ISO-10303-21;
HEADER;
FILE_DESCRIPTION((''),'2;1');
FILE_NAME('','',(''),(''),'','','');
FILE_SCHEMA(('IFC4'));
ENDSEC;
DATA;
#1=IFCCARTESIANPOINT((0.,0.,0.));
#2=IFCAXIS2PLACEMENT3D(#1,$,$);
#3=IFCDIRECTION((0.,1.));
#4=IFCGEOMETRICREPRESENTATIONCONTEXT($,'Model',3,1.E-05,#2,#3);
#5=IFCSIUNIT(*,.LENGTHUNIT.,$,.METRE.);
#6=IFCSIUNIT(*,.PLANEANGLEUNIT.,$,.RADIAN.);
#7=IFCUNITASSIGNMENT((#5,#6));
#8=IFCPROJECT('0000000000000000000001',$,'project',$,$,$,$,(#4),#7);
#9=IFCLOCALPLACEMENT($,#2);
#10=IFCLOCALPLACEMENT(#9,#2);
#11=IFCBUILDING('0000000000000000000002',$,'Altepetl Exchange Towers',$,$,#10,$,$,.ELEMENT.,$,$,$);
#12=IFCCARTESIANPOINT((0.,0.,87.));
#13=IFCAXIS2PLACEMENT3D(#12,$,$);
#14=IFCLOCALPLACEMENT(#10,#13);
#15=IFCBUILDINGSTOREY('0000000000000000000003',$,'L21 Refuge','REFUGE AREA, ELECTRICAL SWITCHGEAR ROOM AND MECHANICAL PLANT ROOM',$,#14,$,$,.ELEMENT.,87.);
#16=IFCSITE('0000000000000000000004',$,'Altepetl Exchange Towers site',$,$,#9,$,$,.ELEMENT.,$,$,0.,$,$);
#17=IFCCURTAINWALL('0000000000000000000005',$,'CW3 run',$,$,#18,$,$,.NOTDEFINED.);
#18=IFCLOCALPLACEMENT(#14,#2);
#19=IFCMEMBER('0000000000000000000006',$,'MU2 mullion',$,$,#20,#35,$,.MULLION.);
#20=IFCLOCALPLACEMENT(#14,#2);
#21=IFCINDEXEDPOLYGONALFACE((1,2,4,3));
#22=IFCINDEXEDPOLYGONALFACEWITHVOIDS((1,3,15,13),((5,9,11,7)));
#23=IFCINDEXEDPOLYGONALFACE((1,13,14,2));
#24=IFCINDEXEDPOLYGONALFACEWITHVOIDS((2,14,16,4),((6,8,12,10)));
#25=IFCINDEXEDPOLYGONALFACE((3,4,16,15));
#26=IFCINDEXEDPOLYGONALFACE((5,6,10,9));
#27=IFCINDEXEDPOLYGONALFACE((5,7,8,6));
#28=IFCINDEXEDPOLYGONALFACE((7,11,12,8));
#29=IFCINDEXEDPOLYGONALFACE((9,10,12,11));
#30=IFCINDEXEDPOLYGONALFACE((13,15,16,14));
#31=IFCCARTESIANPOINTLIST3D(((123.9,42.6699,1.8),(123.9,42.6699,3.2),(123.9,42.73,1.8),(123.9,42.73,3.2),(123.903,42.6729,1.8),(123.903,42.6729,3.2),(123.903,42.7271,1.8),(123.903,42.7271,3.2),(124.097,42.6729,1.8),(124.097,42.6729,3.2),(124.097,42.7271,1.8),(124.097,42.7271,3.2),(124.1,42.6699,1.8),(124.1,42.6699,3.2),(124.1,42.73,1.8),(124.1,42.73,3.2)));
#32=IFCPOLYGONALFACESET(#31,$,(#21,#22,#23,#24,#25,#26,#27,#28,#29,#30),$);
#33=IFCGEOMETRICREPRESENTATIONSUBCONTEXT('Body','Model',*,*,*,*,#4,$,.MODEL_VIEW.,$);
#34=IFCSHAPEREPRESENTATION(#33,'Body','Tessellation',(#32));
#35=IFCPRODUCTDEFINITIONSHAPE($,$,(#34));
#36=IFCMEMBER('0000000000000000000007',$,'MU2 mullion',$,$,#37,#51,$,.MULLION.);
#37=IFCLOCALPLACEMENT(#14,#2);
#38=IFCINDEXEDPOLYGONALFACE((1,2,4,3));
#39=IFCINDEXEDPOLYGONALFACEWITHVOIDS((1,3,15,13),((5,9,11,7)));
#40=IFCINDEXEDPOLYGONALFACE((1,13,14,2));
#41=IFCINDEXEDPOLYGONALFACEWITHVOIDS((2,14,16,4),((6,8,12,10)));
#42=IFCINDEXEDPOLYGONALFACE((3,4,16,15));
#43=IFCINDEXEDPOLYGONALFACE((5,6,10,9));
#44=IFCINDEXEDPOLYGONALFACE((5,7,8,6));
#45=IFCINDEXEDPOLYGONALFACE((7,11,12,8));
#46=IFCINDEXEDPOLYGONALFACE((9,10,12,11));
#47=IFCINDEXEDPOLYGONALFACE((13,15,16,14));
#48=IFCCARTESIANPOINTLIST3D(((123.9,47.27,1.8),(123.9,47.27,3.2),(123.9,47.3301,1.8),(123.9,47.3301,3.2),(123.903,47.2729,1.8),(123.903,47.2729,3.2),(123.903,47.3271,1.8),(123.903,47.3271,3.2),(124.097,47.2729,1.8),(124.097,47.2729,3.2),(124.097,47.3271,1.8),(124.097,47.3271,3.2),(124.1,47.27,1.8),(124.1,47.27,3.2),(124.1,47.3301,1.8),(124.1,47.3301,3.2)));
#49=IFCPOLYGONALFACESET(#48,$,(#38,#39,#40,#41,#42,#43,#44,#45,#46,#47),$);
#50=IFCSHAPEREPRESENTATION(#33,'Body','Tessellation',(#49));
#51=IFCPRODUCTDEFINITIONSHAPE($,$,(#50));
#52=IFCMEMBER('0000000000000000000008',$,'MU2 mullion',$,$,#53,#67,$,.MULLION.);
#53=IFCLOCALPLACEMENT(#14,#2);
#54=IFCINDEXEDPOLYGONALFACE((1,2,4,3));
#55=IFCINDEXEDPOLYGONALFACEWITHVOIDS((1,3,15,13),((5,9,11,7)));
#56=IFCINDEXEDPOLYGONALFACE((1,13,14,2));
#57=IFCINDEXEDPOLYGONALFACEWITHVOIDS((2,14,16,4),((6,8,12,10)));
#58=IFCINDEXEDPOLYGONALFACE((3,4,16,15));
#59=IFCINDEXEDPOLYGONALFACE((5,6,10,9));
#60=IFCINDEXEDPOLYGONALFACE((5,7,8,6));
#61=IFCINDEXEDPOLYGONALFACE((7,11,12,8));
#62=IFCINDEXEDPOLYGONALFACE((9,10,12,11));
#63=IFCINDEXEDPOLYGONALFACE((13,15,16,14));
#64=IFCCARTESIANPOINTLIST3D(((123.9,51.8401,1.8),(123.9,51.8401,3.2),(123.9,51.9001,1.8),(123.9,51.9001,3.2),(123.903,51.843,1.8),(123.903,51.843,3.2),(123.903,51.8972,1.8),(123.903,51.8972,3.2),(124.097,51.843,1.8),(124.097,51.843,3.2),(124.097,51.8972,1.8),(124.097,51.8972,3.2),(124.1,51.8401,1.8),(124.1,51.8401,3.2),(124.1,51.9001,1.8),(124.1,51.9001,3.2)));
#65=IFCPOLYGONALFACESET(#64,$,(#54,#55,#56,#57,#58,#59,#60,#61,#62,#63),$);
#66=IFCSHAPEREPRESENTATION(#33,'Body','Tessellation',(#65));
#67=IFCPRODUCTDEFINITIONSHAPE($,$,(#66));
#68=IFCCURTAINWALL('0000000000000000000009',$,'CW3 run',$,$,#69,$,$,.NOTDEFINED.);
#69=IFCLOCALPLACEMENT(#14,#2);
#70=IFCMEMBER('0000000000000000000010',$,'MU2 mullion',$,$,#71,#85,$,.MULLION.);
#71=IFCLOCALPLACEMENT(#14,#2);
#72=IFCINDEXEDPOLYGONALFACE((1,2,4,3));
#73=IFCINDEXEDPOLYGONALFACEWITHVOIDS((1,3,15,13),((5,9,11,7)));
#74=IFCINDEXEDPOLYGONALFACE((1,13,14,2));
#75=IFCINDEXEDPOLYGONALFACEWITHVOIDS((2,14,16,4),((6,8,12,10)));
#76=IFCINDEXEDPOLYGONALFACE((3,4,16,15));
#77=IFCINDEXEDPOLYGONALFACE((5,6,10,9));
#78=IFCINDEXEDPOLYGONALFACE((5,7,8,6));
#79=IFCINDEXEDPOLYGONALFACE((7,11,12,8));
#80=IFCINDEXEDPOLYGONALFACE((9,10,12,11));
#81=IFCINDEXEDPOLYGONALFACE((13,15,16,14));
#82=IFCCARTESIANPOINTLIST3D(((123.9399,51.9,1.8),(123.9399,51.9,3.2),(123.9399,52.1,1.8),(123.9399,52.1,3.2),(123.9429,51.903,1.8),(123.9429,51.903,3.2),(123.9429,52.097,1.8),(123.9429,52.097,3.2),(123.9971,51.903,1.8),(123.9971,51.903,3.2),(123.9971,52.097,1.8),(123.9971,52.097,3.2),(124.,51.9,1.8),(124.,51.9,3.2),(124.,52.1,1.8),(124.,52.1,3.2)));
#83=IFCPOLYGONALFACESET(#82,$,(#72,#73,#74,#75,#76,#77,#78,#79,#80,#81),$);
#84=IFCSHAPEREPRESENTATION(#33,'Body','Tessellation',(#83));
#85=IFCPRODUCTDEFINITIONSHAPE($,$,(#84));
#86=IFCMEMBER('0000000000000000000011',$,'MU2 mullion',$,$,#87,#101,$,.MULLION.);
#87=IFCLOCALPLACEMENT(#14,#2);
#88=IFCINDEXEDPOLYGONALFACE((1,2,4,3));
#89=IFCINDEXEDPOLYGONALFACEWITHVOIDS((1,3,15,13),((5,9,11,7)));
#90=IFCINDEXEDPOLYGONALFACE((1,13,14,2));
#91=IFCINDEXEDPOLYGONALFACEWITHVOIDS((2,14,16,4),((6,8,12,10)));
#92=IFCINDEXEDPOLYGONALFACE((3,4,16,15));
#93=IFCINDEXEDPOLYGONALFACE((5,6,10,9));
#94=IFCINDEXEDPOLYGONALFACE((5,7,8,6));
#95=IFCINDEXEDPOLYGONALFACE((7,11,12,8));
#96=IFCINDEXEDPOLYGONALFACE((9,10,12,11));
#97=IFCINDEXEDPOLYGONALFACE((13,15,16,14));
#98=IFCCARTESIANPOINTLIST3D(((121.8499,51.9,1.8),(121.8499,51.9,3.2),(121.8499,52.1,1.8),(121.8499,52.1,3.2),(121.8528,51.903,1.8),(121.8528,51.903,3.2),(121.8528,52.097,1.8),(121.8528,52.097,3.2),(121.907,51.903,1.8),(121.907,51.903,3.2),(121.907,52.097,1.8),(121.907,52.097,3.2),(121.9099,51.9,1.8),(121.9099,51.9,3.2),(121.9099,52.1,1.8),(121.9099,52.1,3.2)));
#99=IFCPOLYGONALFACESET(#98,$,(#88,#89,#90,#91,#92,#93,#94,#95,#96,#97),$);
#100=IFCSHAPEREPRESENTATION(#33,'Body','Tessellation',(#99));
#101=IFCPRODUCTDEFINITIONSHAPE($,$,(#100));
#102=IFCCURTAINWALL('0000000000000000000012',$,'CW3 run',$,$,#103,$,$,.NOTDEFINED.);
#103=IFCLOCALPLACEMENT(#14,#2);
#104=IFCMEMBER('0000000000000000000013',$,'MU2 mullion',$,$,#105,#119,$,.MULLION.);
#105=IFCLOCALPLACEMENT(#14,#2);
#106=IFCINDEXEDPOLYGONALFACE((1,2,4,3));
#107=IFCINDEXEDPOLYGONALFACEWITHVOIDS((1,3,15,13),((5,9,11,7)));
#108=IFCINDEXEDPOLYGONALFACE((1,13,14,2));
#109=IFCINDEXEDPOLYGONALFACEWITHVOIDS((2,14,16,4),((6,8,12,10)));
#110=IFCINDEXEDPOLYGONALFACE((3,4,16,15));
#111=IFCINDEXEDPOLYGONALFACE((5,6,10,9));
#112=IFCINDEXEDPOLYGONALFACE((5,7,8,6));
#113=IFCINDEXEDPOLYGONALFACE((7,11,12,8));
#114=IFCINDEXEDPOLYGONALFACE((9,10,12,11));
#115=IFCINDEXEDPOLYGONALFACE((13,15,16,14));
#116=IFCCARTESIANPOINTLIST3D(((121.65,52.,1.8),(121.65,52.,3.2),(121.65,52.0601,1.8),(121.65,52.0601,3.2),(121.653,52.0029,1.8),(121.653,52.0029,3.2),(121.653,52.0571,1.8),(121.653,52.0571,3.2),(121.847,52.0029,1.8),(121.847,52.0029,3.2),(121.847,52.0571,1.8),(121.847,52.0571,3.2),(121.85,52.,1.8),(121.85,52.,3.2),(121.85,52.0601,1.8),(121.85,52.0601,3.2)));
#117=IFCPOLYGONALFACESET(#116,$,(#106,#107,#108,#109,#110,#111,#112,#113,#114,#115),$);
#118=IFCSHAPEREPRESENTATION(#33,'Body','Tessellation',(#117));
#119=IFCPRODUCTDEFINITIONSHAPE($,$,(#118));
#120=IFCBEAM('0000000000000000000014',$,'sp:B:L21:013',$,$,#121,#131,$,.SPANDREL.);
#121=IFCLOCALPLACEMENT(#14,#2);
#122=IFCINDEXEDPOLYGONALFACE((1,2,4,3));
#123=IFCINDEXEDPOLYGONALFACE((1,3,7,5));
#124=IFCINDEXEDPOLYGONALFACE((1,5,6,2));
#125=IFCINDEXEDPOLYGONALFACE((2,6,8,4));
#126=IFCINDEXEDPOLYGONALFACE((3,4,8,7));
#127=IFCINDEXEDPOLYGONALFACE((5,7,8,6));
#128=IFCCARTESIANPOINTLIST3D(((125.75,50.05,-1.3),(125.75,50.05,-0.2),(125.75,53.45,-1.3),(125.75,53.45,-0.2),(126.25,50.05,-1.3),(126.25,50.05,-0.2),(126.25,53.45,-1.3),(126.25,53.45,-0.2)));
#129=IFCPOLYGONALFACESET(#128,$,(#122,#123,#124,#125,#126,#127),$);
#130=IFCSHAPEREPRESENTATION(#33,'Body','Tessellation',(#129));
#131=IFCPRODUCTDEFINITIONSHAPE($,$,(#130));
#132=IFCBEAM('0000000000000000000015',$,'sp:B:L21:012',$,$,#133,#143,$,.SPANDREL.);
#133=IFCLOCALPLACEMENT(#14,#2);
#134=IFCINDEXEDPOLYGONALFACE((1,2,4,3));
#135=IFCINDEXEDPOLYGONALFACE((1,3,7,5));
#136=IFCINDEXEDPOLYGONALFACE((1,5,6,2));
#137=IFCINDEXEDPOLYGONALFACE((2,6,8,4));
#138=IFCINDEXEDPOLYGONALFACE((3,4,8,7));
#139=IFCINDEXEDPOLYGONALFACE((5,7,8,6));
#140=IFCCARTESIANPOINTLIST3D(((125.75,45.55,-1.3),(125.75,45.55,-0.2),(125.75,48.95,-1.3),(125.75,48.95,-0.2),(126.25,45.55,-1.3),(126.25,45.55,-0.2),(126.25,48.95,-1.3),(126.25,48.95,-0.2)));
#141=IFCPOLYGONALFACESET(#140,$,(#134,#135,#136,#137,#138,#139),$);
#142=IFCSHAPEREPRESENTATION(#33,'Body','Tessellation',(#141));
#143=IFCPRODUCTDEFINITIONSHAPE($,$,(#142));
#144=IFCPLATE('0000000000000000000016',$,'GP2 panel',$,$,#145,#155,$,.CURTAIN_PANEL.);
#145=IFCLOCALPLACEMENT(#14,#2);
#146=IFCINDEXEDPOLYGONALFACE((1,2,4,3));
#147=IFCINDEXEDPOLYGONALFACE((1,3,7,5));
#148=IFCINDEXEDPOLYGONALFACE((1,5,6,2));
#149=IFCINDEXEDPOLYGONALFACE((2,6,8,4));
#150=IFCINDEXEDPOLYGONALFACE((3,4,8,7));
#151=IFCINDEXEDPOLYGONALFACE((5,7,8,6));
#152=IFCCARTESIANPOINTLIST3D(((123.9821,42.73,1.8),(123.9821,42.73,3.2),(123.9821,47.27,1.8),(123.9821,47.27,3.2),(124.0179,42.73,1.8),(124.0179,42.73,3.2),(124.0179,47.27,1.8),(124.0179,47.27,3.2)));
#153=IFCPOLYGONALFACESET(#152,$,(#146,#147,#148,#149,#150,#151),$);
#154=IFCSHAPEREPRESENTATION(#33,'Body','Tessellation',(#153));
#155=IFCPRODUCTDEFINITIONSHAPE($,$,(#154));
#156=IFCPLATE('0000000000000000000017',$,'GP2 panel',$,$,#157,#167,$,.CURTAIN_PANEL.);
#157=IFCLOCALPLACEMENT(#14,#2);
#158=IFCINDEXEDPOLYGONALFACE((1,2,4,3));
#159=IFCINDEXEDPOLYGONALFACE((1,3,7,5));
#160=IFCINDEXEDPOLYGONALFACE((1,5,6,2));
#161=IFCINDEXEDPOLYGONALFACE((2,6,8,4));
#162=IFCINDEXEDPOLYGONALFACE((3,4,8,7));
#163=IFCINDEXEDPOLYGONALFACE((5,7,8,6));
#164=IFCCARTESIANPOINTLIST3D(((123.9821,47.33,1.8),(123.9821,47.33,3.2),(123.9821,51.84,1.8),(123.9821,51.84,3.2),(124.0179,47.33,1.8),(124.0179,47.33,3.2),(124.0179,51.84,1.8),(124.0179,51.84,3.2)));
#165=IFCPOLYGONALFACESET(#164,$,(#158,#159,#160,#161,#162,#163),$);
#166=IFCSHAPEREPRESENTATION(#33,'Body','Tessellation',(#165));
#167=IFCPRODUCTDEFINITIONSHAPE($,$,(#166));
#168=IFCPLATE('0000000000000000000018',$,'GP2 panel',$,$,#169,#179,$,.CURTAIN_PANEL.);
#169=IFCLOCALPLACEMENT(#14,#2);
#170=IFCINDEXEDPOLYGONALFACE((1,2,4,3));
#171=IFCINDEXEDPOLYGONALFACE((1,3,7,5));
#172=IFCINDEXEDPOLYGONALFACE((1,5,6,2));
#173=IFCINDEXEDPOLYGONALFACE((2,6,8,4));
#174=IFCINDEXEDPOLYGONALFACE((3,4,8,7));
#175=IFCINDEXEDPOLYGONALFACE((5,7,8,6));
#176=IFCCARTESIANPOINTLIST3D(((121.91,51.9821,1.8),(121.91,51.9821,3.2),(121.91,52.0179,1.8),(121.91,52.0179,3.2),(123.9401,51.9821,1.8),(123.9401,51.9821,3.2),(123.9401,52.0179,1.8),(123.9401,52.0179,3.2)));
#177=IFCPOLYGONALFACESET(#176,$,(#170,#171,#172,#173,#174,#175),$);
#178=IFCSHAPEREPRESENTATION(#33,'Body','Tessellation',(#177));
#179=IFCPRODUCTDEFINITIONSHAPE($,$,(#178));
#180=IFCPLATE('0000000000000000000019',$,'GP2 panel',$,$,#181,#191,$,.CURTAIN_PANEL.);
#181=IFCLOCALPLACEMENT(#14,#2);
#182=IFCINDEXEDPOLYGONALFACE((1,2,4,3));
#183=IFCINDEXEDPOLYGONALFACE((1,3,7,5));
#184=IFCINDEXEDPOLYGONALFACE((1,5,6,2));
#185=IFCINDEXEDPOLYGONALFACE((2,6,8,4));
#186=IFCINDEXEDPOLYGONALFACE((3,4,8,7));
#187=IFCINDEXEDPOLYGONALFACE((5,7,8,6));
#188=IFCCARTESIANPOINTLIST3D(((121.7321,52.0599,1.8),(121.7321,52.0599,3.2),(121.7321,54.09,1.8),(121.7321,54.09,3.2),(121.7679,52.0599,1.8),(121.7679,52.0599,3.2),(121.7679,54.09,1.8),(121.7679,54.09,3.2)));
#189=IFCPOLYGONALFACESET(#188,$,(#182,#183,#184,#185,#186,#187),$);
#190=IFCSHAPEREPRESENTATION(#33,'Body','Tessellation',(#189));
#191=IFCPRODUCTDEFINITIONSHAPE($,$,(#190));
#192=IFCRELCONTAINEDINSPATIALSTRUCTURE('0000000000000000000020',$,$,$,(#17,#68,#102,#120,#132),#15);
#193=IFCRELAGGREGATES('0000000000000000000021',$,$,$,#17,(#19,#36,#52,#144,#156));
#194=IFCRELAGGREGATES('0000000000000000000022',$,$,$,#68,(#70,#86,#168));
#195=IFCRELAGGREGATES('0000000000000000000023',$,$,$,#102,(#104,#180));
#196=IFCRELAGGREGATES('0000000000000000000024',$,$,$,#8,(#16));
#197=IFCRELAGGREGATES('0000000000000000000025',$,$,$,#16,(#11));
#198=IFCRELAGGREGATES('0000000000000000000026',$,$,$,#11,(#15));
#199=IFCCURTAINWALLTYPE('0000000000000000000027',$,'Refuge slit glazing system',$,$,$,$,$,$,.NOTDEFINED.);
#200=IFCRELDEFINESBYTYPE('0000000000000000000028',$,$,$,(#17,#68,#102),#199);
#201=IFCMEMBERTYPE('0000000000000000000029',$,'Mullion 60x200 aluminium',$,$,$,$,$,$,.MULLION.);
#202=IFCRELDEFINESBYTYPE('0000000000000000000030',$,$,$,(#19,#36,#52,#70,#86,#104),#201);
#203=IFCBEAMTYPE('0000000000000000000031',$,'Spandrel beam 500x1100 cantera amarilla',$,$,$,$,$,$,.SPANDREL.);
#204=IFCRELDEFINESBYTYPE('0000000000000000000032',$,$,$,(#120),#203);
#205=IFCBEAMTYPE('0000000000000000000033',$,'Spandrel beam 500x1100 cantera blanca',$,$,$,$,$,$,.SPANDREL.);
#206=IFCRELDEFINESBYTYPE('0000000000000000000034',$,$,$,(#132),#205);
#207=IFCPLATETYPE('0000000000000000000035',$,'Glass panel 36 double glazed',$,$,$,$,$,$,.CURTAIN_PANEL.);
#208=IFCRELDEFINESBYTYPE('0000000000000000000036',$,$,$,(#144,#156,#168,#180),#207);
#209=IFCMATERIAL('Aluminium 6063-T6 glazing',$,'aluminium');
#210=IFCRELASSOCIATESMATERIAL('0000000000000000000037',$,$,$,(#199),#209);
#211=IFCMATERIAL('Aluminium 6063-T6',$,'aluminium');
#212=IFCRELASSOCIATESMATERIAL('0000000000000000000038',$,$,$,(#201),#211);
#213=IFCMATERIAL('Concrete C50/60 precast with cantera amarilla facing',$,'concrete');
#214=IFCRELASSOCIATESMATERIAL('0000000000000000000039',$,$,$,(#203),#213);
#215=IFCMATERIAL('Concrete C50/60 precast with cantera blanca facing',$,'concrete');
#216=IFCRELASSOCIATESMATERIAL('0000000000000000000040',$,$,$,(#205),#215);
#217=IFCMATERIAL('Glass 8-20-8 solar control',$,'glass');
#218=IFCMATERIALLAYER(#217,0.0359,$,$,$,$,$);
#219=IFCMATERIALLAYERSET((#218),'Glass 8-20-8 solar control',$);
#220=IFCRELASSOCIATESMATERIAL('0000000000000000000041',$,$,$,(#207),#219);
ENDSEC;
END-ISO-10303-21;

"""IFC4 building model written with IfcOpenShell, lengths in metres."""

from ifc_helpers import new_model, si_unit, direction, frame, origin, origin_2d, place, context, subcontext, project, spatial, rectangle, hollow_rectangle, extrude, material, layer, layer_set, material_profile, profile_set, type_object, element, aggregate, save


model = new_model("IFC4")

# Units and contexts
model_context = context("Model", 3, precision=1e-05, world=origin(), true_north=direction((0.0, 1.0)))
body_context = subcontext(model_context, "Body", "Model", "MODEL_VIEW")
ifc_project = project(units=[si_unit("LENGTHUNIT", "METRE"), si_unit("PLANEANGLEUNIT", "RADIAN")], contexts=[model_context])

# Site, building, storey
site_placement = place(None, origin())
site = spatial("IfcSite", under=ifc_project, at=site_placement, Name="Altepetl Exchange Towers site", CompositionType="ELEMENT", RefElevation=0.0)
building_placement = place(site_placement, origin())
building = spatial("IfcBuilding", under=site, at=building_placement, Name="Altepetl Exchange Towers", CompositionType="ELEMENT")
storey_placement = place(building_placement, frame((0.0, 0.0, 87.0)))
storey = spatial("IfcBuildingStorey", under=building, at=storey_placement, Name="L21 Refuge", Description="REFUGE AREA, ELECTRICAL SWITCHGEAR ROOM AND MECHANICAL PLANT ROOM", CompositionType="ELEMENT", Elevation=87.0)

# Curtain walls, members
ifc_material_1 = material(Name="Aluminium 6063-T6 glazing", Category="aluminium")
curtain_wall_type = type_object("IfcCurtainWallType", Name="Refuge slit glazing system", PredefinedType="NOTDEFINED", material=ifc_material_1)
curtain_wall_1_placement = place(storey_placement, origin())
curtain_wall_1 = element("IfcCurtainWall", 1, at=curtain_wall_1_placement, inside=storey, type_object=curtain_wall_type, Name="CW3 run", PredefinedType="NOTDEFINED")
ifc_material_2 = material(Name="Aluminium 6063-T6", Category="aluminium")
ifc_material_profile_1 = material_profile(ifc_material_2, hollow_rectangle(XDim=0.0601, YDim=0.2, WallThickness=0.0029, at=origin_2d()), Name="Mullion 60x200 aluminium")
ifc_profile_set_1 = profile_set([ifc_material_profile_1], Name="Aluminium 6063-T6")
member_type_1 = type_object("IfcMemberType", Name="Mullion 60x200 aluminium", PredefinedType="MULLION", material=ifc_profile_set_1)
member_1_placement = place(storey_placement, frame((124.0, 42.7, 1.8), z_axis=(0.0, 0.0, 1.0), x_axis=(0.0, 1.0, 0.0)))
member_1 = element("IfcMember", 2, at=member_1_placement, type_object=member_type_1, Name="MU2 mullion", PredefinedType="MULLION", context=body_context, shape_type="SweptSolid", body=[
    extrude(hollow_rectangle(XDim=0.0601, YDim=0.2, WallThickness=0.0029, at=origin_2d()), origin(), (0.0, 0.0, 1.0), 1.3999),
])
member_2_placement = place(storey_placement, frame((124.0, 47.3, 1.8), z_axis=(0.0, 0.0, 1.0), x_axis=(0.0, 1.0, 0.0)))
member_2 = element("IfcMember", 3, at=member_2_placement, type_object=member_type_1, Name="MU2 mullion", PredefinedType="MULLION", context=body_context, shape_type="SweptSolid", body=[
    extrude(hollow_rectangle(XDim=0.0601, YDim=0.2, WallThickness=0.0029, at=origin_2d()), origin(), (0.0, 0.0, 1.0), 1.3999),
])
member_3_placement = place(storey_placement, frame((124.0, 51.8701, 1.8), z_axis=(0.0, 0.0, 1.0), x_axis=(0.0, 1.0, 0.0)))
member_3 = element("IfcMember", 4, at=member_3_placement, type_object=member_type_1, Name="MU2 mullion", PredefinedType="MULLION", context=body_context, shape_type="SweptSolid", body=[
    extrude(hollow_rectangle(XDim=0.0601, YDim=0.2, WallThickness=0.0029, at=origin_2d()), origin(), (0.0, 0.0, 1.0), 1.3999),
])
curtain_wall_2_placement = place(storey_placement, origin())
curtain_wall_2 = element("IfcCurtainWall", 5, at=curtain_wall_2_placement, inside=storey, type_object=curtain_wall_type, Name="CW3 run", PredefinedType="NOTDEFINED")
member_4_placement = place(storey_placement, frame((123.97, 52.0, 1.8), z_axis=(0.0, 0.0, 1.0), x_axis=(-1.0, 0.0, 0.0)))
member_4 = element("IfcMember", 6, at=member_4_placement, type_object=member_type_1, Name="MU2 mullion", PredefinedType="MULLION", context=body_context, shape_type="SweptSolid", body=[
    extrude(hollow_rectangle(XDim=0.0601, YDim=0.2, WallThickness=0.0029, at=origin_2d()), origin(), (0.0, 0.0, 1.0), 1.3999),
])
member_5_placement = place(storey_placement, frame((121.8799, 52.0, 1.8), z_axis=(0.0, 0.0, 1.0), x_axis=(-1.0, 0.0, 0.0)))
member_5 = element("IfcMember", 7, at=member_5_placement, type_object=member_type_1, Name="MU2 mullion", PredefinedType="MULLION", context=body_context, shape_type="SweptSolid", body=[
    extrude(hollow_rectangle(XDim=0.0601, YDim=0.2, WallThickness=0.0029, at=origin_2d()), origin(), (0.0, 0.0, 1.0), 1.3999),
])

# Curtain wall, member
curtain_wall_3_placement = place(storey_placement, origin())
curtain_wall_3 = element("IfcCurtainWall", 8, at=curtain_wall_3_placement, inside=storey, type_object=curtain_wall_type, Name="CW3 run", PredefinedType="NOTDEFINED")
member_6_placement = place(storey_placement, frame((121.75, 52.03, 1.8), z_axis=(0.0, 0.0, 1.0), x_axis=(0.0, 1.0, 0.0)))
member_6 = element("IfcMember", 9, at=member_6_placement, type_object=member_type_1, Name="MU2 mullion", PredefinedType="MULLION", context=body_context, shape_type="SweptSolid", body=[
    extrude(hollow_rectangle(XDim=0.0601, YDim=0.2, WallThickness=0.0029, at=origin_2d()), origin(), (0.0, 0.0, 1.0), 1.3999),
])

# Beams
ifc_material_3 = material(Name="Concrete C50/60 precast with cantera amarilla facing", Category="concrete")
ifc_material_profile_2 = material_profile(ifc_material_3, rectangle(XDim=0.5, YDim=1.1001, at=origin_2d()), Name="500 x 1100")
ifc_profile_set_2 = profile_set([ifc_material_profile_2], Name="Concrete C50/60 precast with cantera amarilla facing")
beam_type_1 = type_object("IfcBeamType", Name="Spandrel beam 500x1100 cantera amarilla", PredefinedType="SPANDREL", material=ifc_profile_set_2)
beam_1_placement = place(storey_placement, frame((126.0, 50.05, -0.75), z_axis=(0.0, 1.0, 0.0), x_axis=(-1.0, 0.0, 0.0)))
element("IfcBeam", 10, at=beam_1_placement, inside=storey, type_object=beam_type_1, Name="sp:B:L21:013", PredefinedType="SPANDREL", context=body_context, shape_type="SweptSolid", body=[
    extrude(rectangle(XDim=0.5, YDim=1.1001, at=origin_2d()), origin(), (0.0, 0.0, 1.0), 3.3999),
])
ifc_material_4 = material(Name="Concrete C50/60 precast with cantera blanca facing", Category="concrete")
ifc_material_profile_3 = material_profile(ifc_material_4, rectangle(XDim=0.5, YDim=1.1001, at=origin_2d()), Name="500 x 1100")
ifc_profile_set_3 = profile_set([ifc_material_profile_3], Name="Concrete C50/60 precast with cantera blanca facing")
beam_type_2 = type_object("IfcBeamType", Name="Spandrel beam 500x1100 cantera blanca", PredefinedType="SPANDREL", material=ifc_profile_set_3)
beam_2_placement = place(storey_placement, frame((126.0, 45.55, -0.75), z_axis=(0.0, 1.0, 0.0), x_axis=(-1.0, 0.0, 0.0)))
element("IfcBeam", 11, at=beam_2_placement, inside=storey, type_object=beam_type_2, Name="sp:B:L21:012", PredefinedType="SPANDREL", context=body_context, shape_type="SweptSolid", body=[
    extrude(rectangle(XDim=0.5, YDim=1.1001, at=origin_2d()), origin(), (0.0, 0.0, 1.0), 3.3999),
])

# Plates
ifc_material_5 = material(Name="Glass 8-20-8 solar control", Category="glass")
ifc_layer_1 = layer(ifc_material_5, 0.0359)
ifc_layer_set_1 = layer_set([ifc_layer_1], Name="Glass 8-20-8 solar control")
plate_type = type_object("IfcPlateType", Name="Glass panel 36 double glazed", PredefinedType="CURTAIN_PANEL", material=ifc_layer_set_1)
plate_1_placement = place(storey_placement, frame((124.0, 45.0, 1.8), z_axis=(0.0, 0.0, 1.0), x_axis=(0.0, 1.0, 0.0)))
plate_1 = element("IfcPlate", 12, at=plate_1_placement, type_object=plate_type, Name="GP2 panel", PredefinedType="CURTAIN_PANEL", context=body_context, shape_type="SweptSolid", body=[
    extrude(rectangle(XDim=4.54, YDim=0.0359, at=origin_2d()), origin(), (0.0, 0.0, 1.0), 1.3999),
])
plate_2_placement = place(storey_placement, frame((124.0, 49.585, 1.8), z_axis=(0.0, 0.0, 1.0), x_axis=(0.0, 1.0, 0.0)))
plate_2 = element("IfcPlate", 13, at=plate_2_placement, type_object=plate_type, Name="GP2 panel", PredefinedType="CURTAIN_PANEL", context=body_context, shape_type="SweptSolid", body=[
    extrude(rectangle(XDim=4.51, YDim=0.0359, at=origin_2d()), origin(), (0.0, 0.0, 1.0), 1.3999),
])
aggregate(curtain_wall_1, [member_1, member_2, member_3, plate_1, plate_2])
plate_3_placement = place(storey_placement, frame((122.925, 52.0, 1.8), z_axis=(0.0, 0.0, 1.0), x_axis=(-1.0, 0.0, 0.0)))
plate_3 = element("IfcPlate", 14, at=plate_3_placement, type_object=plate_type, Name="GP2 panel", PredefinedType="CURTAIN_PANEL", context=body_context, shape_type="SweptSolid", body=[
    extrude(rectangle(XDim=2.03, YDim=0.0359, at=origin_2d()), origin(), (0.0, 0.0, 1.0), 1.3999),
])
aggregate(curtain_wall_2, [member_4, member_5, plate_3])
plate_4_placement = place(storey_placement, frame((121.75, 53.075, 1.8), z_axis=(0.0, 0.0, 1.0), x_axis=(0.0, 1.0, 0.0)))
plate_4 = element("IfcPlate", 15, at=plate_4_placement, type_object=plate_type, Name="GP2 panel", PredefinedType="CURTAIN_PANEL", context=body_context, shape_type="SweptSolid", body=[
    extrude(rectangle(XDim=2.03, YDim=0.0359, at=origin_2d()), origin(), (0.0, 0.0, 1.0), 1.3999),
])
aggregate(curtain_wall_3, [member_6, plate_4])

save(model, "model.ifc")
